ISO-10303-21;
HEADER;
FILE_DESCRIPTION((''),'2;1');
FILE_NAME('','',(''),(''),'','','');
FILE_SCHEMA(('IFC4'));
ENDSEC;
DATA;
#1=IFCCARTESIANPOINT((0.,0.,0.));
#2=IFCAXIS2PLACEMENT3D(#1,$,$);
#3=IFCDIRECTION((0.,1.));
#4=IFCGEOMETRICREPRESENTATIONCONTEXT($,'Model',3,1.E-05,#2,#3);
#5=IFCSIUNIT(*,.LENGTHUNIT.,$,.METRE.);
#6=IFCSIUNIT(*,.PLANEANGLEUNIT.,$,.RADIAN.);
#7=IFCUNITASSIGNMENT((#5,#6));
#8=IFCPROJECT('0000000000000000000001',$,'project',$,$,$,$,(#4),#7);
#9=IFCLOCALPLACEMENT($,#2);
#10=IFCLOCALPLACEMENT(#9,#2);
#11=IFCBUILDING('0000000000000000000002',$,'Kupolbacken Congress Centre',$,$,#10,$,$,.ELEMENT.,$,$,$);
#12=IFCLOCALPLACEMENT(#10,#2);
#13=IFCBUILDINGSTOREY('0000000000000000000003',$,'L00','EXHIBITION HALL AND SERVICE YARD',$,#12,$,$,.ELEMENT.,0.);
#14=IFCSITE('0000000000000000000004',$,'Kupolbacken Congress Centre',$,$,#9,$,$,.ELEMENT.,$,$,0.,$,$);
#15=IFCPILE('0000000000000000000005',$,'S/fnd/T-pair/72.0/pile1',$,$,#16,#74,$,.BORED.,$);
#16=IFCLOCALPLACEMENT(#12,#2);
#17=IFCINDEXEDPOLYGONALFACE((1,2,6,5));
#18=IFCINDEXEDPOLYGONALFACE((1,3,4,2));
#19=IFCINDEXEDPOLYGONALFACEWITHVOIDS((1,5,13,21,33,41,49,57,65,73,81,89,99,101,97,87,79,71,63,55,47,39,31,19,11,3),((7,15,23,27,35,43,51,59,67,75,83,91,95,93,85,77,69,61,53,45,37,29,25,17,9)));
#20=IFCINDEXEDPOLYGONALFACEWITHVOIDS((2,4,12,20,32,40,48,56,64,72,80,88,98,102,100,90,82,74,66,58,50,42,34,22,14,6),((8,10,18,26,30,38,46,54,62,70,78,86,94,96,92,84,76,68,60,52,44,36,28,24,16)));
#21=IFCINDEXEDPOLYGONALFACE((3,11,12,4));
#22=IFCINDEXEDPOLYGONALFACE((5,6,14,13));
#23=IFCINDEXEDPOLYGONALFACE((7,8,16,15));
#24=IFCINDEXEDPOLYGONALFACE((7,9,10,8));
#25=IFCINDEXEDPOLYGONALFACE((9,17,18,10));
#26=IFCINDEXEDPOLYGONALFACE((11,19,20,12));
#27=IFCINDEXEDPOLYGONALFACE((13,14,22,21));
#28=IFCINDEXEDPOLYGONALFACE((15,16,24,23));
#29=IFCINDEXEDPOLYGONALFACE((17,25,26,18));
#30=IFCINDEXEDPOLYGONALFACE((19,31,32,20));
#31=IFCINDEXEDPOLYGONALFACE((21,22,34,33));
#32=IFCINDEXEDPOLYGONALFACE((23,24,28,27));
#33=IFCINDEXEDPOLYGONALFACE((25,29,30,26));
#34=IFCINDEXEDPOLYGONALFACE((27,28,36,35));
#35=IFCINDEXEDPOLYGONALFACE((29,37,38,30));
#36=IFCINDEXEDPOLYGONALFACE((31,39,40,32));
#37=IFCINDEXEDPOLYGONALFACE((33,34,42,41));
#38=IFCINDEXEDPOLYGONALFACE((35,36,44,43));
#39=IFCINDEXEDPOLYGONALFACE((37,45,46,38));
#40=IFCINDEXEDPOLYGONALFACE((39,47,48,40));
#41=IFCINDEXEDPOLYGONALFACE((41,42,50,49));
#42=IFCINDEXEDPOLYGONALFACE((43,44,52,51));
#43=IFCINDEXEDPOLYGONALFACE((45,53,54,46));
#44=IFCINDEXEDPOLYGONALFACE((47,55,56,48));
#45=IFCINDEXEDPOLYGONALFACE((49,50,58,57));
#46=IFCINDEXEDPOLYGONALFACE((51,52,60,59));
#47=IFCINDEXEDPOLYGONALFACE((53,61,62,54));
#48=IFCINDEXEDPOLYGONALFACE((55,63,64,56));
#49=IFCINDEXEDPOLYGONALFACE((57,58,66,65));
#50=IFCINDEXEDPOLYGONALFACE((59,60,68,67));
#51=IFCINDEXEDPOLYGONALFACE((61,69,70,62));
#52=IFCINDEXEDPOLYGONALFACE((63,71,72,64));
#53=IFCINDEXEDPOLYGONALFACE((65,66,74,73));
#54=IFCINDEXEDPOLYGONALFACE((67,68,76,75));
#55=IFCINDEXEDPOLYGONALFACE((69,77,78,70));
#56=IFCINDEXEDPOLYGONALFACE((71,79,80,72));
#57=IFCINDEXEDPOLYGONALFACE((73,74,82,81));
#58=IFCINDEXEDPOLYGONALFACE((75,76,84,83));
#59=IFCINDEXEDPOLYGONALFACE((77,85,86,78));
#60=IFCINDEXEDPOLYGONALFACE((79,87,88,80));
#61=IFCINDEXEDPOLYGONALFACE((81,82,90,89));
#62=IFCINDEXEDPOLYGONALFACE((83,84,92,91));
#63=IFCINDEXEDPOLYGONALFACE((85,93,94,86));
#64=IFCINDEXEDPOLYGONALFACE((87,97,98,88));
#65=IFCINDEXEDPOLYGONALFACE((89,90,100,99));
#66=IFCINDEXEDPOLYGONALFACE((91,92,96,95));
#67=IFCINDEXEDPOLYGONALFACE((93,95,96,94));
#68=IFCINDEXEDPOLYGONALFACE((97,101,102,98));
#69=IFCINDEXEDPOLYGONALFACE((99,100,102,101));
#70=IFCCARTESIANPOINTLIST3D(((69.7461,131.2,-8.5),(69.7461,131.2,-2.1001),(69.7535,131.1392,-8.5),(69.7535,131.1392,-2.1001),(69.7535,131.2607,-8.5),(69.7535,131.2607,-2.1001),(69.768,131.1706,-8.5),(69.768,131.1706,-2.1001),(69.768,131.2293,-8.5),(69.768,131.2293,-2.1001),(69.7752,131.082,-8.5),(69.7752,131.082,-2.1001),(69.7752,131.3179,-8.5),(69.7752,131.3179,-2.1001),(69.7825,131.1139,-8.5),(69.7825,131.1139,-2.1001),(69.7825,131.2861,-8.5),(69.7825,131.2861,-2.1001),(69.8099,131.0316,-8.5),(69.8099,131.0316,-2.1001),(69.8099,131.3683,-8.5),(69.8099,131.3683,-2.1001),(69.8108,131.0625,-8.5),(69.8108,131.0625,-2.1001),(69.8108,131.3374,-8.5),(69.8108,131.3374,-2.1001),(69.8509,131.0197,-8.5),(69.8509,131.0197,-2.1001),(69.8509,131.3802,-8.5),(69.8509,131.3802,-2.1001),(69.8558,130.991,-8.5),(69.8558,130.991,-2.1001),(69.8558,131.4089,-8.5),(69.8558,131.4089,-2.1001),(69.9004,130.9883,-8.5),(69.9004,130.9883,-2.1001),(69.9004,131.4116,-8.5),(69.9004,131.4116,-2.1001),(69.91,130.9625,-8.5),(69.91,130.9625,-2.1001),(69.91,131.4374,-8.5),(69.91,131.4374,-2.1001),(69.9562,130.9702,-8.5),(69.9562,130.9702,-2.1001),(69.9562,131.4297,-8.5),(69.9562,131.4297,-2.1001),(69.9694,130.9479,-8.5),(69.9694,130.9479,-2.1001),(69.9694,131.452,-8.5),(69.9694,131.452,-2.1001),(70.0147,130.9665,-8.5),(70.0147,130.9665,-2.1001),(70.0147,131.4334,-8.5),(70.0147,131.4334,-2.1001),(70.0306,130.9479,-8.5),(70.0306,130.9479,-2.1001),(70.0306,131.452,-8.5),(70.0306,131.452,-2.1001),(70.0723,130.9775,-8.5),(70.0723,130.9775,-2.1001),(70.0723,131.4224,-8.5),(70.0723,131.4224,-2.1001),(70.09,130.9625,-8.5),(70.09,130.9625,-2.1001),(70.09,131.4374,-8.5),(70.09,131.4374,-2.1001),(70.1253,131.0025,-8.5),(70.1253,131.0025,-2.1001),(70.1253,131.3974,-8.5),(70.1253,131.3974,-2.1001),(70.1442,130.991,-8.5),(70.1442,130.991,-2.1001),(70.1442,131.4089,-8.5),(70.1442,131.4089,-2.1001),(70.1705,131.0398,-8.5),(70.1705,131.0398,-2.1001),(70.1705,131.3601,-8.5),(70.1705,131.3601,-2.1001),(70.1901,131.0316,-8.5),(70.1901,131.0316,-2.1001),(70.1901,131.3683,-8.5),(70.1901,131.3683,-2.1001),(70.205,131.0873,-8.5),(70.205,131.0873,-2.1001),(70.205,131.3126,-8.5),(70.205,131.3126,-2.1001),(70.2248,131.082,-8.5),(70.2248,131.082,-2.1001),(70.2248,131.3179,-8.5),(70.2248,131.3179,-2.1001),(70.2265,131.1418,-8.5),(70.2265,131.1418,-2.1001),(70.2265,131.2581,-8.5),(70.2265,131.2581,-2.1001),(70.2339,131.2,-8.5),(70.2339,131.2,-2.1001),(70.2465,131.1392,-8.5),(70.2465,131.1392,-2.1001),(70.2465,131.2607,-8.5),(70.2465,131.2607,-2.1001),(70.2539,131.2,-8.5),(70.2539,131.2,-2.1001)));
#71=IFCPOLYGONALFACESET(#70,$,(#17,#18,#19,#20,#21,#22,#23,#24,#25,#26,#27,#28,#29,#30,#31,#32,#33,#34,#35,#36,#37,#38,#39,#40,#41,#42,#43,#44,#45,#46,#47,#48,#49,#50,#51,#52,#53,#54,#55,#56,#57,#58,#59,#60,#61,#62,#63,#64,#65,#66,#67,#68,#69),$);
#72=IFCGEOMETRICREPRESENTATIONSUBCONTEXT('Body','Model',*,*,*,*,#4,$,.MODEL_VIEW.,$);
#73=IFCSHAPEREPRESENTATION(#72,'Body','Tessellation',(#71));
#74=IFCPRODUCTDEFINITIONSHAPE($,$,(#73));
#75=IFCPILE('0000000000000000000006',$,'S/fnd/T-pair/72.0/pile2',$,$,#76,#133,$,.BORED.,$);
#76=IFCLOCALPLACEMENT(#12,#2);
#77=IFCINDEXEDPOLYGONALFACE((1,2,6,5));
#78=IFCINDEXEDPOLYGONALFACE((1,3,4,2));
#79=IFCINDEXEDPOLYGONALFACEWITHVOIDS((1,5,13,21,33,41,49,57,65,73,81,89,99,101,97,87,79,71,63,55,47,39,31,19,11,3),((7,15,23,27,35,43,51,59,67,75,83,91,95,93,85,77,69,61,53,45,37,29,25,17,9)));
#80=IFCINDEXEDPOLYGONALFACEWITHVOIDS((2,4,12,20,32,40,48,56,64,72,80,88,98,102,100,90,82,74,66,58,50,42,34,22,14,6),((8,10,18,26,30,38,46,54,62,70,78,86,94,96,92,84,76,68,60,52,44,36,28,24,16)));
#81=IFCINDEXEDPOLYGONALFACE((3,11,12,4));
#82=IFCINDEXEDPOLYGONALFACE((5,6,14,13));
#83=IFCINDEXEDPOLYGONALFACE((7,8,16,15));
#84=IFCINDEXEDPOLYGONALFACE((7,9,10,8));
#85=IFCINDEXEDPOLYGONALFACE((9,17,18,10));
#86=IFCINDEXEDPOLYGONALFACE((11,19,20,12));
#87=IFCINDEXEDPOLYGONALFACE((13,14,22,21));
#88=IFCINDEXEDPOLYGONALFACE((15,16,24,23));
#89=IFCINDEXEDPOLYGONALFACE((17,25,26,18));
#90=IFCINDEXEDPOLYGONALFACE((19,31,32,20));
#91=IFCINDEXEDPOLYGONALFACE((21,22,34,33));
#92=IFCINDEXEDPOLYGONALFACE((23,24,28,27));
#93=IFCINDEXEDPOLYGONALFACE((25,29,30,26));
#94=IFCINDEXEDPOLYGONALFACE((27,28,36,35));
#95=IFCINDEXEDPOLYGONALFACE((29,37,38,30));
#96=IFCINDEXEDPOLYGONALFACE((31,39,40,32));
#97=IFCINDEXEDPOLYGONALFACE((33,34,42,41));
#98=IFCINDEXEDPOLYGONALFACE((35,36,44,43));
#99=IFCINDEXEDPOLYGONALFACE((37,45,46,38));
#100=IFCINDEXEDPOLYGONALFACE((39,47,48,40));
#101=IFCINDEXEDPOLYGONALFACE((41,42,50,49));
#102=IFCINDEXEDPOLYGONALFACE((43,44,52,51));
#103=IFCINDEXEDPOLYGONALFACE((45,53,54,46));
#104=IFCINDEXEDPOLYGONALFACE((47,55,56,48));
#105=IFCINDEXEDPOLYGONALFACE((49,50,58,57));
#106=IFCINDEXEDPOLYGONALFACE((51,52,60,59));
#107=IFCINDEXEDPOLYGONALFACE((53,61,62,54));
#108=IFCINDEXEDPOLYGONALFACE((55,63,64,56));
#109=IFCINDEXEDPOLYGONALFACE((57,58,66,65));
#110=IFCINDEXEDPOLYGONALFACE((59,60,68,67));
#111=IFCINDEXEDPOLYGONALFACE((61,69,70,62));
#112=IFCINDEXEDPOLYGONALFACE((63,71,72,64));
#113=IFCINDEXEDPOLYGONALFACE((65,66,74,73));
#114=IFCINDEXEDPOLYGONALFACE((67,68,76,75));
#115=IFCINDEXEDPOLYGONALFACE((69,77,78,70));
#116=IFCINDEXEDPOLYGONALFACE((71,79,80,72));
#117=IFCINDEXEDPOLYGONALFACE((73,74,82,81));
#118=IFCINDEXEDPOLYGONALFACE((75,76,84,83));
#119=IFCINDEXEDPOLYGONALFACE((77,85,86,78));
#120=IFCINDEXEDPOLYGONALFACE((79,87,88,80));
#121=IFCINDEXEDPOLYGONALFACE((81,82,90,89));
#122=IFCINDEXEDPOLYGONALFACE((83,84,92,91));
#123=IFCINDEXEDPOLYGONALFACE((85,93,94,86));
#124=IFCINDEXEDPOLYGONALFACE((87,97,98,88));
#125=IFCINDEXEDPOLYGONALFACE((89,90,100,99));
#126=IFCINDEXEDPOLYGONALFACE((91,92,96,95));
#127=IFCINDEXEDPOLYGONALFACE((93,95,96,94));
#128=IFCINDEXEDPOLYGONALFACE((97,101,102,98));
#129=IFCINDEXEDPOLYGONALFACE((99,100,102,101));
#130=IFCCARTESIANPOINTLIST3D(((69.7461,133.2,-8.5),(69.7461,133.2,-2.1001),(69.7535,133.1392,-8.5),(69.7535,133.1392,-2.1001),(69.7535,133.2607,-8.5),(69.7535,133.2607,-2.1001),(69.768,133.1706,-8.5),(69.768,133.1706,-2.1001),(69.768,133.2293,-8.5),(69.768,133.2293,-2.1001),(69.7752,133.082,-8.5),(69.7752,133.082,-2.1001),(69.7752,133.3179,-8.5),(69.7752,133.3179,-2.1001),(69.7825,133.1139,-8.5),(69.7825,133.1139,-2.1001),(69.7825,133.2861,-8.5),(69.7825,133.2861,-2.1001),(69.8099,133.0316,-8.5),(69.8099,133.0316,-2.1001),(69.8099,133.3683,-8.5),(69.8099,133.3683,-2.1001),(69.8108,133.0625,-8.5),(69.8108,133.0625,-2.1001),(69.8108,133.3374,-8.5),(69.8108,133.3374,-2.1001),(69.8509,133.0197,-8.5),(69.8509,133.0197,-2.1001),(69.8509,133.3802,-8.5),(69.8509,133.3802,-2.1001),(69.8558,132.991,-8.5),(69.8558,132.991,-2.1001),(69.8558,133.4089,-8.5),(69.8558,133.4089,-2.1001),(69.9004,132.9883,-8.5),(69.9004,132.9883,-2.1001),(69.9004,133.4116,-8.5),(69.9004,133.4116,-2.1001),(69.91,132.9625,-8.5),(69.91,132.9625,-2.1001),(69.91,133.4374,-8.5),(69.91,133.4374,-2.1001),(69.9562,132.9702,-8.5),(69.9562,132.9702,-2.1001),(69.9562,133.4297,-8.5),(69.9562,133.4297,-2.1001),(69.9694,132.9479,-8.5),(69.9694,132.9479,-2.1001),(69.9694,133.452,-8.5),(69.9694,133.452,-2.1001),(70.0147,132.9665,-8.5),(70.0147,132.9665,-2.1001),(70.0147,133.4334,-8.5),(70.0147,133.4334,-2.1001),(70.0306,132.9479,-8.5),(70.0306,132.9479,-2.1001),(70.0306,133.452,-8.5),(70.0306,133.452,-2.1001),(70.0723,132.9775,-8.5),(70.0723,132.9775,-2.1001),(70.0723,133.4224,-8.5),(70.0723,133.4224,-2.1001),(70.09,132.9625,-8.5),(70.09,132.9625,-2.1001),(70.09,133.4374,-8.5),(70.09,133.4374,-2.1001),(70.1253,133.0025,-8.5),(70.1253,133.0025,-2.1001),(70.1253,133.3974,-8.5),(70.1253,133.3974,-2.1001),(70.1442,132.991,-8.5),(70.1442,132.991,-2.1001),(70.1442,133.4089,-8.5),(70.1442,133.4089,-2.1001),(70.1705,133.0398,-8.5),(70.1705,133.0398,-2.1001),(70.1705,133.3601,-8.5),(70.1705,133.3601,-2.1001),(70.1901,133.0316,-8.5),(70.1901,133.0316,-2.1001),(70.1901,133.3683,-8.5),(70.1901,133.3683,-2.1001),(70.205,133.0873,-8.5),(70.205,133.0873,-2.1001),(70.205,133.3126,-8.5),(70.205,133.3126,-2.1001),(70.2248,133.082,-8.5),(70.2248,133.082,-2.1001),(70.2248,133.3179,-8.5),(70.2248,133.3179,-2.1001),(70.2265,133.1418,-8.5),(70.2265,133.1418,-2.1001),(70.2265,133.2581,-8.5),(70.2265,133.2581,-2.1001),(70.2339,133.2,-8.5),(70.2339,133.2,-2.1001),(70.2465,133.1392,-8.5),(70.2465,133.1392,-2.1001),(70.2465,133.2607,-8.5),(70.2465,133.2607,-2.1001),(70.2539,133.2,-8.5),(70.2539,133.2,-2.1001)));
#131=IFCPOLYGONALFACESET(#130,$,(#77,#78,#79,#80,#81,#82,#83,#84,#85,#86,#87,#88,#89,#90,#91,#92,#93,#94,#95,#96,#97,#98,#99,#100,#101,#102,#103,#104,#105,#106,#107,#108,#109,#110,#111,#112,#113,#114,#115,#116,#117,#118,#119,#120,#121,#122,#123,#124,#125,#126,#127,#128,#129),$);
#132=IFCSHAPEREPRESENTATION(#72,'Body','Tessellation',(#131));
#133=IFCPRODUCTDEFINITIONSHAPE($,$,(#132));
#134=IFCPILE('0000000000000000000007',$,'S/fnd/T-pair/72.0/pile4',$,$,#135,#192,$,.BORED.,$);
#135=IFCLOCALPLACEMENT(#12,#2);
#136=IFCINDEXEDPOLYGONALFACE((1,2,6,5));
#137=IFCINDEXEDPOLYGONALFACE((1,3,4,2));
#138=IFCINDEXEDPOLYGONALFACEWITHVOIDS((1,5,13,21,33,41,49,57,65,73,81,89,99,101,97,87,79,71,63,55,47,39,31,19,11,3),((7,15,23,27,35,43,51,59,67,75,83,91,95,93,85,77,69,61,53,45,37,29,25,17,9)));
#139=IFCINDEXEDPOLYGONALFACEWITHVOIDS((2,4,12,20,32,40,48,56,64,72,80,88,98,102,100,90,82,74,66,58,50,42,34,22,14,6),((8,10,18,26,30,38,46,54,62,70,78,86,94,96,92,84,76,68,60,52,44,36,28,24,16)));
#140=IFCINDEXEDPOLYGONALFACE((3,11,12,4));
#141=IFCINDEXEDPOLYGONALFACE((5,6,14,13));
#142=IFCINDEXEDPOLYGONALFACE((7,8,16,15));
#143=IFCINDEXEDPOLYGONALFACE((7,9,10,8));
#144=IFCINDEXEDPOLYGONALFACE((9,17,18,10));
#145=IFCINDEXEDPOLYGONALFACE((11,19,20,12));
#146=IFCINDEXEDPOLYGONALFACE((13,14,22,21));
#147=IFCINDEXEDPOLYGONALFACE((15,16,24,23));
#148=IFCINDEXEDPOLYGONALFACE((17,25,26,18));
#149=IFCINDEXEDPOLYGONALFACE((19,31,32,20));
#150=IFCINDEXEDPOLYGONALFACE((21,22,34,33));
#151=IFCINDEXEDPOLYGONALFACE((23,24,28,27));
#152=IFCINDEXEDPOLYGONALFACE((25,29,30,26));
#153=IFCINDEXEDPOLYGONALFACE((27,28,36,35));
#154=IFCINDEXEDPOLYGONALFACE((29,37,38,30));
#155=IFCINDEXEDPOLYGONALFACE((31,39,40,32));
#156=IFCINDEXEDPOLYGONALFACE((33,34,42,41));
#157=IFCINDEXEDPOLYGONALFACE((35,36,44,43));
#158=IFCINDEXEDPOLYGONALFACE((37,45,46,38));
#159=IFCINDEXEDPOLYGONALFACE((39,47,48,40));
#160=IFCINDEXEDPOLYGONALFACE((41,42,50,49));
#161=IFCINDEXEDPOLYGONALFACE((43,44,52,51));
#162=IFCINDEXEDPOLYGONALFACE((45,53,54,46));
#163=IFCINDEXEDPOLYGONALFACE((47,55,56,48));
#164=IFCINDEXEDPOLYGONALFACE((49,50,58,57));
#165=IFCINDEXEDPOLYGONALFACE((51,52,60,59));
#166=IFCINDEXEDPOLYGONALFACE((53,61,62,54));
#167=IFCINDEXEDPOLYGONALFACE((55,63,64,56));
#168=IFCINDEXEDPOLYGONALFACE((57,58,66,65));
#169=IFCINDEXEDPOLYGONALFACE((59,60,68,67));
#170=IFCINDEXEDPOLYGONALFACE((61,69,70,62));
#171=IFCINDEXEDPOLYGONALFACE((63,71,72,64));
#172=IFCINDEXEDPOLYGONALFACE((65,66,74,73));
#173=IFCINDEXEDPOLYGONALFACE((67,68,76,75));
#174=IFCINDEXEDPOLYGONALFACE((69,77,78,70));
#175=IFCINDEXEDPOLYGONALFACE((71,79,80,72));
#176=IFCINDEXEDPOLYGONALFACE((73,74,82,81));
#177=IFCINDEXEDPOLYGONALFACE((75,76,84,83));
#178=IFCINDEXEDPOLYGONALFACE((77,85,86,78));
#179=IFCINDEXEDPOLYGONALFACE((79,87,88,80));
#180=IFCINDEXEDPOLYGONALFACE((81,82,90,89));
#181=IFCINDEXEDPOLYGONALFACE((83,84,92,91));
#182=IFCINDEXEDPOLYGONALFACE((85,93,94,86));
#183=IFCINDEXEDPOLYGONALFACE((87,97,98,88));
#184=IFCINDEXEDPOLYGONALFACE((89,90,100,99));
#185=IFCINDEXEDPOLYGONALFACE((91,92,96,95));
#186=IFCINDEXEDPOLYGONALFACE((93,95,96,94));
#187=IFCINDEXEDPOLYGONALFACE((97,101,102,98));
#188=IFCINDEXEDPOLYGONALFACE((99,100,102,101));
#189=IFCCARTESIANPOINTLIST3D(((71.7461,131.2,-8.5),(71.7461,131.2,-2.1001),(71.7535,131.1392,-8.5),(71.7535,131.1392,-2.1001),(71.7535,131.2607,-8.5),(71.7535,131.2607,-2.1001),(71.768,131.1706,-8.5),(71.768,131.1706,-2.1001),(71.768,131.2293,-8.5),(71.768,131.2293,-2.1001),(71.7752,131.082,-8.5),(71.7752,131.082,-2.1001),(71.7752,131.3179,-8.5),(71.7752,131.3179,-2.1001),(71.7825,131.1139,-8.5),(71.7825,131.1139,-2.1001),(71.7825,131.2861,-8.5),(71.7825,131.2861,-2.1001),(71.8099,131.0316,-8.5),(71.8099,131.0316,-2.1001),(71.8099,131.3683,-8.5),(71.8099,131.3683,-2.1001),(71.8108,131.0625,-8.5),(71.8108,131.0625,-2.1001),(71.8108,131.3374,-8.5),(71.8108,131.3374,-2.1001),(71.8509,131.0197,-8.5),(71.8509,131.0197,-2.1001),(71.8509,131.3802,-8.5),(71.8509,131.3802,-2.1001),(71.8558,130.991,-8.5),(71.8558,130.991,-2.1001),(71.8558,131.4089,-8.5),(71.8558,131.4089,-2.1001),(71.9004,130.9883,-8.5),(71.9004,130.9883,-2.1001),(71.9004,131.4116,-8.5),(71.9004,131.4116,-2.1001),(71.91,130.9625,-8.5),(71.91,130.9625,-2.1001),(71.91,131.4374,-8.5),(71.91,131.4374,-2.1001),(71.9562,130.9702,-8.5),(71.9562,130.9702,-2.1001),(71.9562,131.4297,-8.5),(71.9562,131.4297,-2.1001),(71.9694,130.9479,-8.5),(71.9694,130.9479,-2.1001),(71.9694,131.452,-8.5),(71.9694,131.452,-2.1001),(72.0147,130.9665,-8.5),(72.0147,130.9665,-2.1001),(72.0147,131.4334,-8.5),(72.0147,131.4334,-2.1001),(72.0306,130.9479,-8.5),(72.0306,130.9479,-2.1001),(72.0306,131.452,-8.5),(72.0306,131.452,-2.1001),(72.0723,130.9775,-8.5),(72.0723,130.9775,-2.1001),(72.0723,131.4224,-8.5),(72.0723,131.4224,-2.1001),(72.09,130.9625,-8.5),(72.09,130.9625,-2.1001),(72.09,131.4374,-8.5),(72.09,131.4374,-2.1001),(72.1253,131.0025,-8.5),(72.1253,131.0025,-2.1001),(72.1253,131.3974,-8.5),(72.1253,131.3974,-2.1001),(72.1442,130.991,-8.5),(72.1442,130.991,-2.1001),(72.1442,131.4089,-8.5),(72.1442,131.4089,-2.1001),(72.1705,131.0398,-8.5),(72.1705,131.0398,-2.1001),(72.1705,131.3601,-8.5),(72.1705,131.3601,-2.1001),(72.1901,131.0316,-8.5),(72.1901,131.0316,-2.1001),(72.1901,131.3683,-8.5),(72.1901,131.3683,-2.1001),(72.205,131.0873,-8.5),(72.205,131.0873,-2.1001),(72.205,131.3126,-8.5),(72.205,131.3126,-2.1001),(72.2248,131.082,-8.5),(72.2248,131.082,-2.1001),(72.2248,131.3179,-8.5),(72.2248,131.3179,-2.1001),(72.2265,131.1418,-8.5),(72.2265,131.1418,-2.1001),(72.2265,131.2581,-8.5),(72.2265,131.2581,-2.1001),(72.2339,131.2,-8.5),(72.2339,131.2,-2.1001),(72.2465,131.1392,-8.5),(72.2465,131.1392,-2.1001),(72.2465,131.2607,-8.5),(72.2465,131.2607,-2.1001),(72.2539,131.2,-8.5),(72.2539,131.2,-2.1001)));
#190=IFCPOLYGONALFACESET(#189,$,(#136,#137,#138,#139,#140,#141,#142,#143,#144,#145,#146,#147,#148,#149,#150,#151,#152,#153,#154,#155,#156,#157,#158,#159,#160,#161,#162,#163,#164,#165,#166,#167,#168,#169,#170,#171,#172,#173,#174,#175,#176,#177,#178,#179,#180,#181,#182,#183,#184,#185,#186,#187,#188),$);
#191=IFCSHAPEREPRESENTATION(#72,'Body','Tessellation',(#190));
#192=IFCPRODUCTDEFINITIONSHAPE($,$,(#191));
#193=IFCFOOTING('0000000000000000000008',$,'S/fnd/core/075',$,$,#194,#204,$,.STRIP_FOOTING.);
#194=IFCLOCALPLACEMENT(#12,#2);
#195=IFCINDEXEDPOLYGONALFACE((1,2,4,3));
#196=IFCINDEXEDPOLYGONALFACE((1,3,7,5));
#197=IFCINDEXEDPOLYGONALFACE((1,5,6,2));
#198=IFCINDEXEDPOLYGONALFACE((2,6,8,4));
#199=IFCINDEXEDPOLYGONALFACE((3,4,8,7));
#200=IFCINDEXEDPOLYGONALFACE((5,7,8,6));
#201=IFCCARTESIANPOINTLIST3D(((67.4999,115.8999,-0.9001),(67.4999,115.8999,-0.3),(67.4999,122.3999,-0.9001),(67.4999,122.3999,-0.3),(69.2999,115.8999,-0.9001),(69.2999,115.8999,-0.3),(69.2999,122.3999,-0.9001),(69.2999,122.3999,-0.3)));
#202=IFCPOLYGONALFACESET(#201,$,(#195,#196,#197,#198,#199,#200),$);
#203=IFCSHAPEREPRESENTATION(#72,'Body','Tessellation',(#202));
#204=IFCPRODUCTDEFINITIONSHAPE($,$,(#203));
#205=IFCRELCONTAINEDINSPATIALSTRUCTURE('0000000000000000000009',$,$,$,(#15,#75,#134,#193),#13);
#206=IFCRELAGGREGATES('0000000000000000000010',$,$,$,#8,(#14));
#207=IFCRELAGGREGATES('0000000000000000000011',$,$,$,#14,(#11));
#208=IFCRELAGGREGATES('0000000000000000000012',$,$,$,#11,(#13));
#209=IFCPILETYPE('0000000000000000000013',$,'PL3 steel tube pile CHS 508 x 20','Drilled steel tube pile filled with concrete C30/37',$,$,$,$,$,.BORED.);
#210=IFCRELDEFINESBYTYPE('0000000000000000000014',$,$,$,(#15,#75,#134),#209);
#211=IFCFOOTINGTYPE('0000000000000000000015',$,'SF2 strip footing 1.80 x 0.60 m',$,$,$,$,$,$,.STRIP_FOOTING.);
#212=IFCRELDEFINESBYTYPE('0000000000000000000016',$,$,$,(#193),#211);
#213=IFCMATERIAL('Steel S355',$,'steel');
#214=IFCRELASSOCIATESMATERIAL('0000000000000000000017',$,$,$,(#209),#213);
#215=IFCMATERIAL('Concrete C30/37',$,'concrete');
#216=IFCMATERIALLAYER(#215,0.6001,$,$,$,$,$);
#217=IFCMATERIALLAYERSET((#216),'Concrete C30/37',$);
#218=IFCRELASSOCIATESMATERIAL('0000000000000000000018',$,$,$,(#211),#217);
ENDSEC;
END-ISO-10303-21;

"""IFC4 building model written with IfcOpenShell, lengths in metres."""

from ifc_helpers import new_model, si_unit, direction, frame, origin, origin_2d, place, context, subcontext, project, spatial, rectangle, hollow_circle, extrude, material, layer, layer_set, material_profile, profile_set, type_object, element, save


model = new_model("IFC4")

# Units and contexts
model_context = context("Model", 3, precision=1e-05, world=origin(), true_north=direction((0.0, 1.0)))
body_context = subcontext(model_context, "Body", "Model", "MODEL_VIEW")
ifc_project = project(units=[si_unit("LENGTHUNIT", "METRE"), si_unit("PLANEANGLEUNIT", "RADIAN")], contexts=[model_context])

# Site, building, storey
site_placement = place(None, origin())
site = spatial("IfcSite", under=ifc_project, at=site_placement, Name="Kupolbacken Congress Centre", CompositionType="ELEMENT", RefElevation=0.0)
building_placement = place(site_placement, origin())
building = spatial("IfcBuilding", under=site, at=building_placement, Name="Kupolbacken Congress Centre", CompositionType="ELEMENT")
storey_placement = place(building_placement, origin())
storey = spatial("IfcBuildingStorey", under=building, at=storey_placement, Name="L00", Description="EXHIBITION HALL AND SERVICE YARD", CompositionType="ELEMENT", Elevation=0.0)

# Piles
ifc_material_1 = material(Name="Steel S355", Category="steel")
ifc_material_profile_1 = material_profile(ifc_material_1, hollow_circle(Radius=0.2539, WallThickness=0.02, at=origin_2d()), Name="CHS 508 x 20")
ifc_profile_set_1 = profile_set([ifc_material_profile_1], Name="Steel S355")
pile_type = type_object("IfcPileType", Name="PL3 steel tube pile CHS 508 x 20", Description="Drilled steel tube pile filled with concrete C30/37", PredefinedType="BORED", material=ifc_profile_set_1)
for number, where, z_axis, x_axis, name in (
    (1, (70.0, 131.2, -2.1001), (0.0, 0.0, -1.0), (1.0, 0.0, 0.0), "S/fnd/T-pair/72.0/pile1"),
    (2, (70.0, 133.2, -2.1001), (0.0, 0.0, -1.0), (1.0, 0.0, 0.0), "S/fnd/T-pair/72.0/pile2"),
    (3, (72.0, 131.2, -2.1001), (0.0, 0.0, -1.0), (1.0, 0.0, 0.0), "S/fnd/T-pair/72.0/pile4"),
):
    element("IfcPile", number, at=place(storey_placement, frame(where, z_axis=z_axis, x_axis=x_axis)), inside=storey, type_object=pile_type, Name=name, PredefinedType="BORED", context=body_context, shape_type="SweptSolid", body=[
        extrude(hollow_circle(Radius=0.2539, WallThickness=0.02, at=origin_2d()), origin(), (0.0, 0.0, 1.0), 6.3999),
    ])

# Footing
ifc_material_2 = material(Name="Concrete C30/37", Category="concrete")
ifc_layer_1 = layer(ifc_material_2, 0.6001)
ifc_layer_set_1 = layer_set([ifc_layer_1], Name="Concrete C30/37")
footing_type_1 = type_object("IfcFootingType", Name="SF2 strip footing 1.80 x 0.60 m", PredefinedType="STRIP_FOOTING", material=ifc_layer_set_1)
footing_1_placement = place(storey_placement, frame((68.3999, 119.1499, -0.9001), z_axis=(0.0, 0.0, 1.0), x_axis=(0.0, 1.0, 0.0)))
element("IfcFooting", 4, at=footing_1_placement, inside=storey, type_object=footing_type_1, Name="S/fnd/core/075", PredefinedType="STRIP_FOOTING", context=body_context, shape_type="SweptSolid", body=[
    extrude(rectangle(XDim=6.5, YDim=1.8, at=origin_2d()), origin(), (0.0, 0.0, 1.0), 0.6001),
])

save(model, "model.ifc")
